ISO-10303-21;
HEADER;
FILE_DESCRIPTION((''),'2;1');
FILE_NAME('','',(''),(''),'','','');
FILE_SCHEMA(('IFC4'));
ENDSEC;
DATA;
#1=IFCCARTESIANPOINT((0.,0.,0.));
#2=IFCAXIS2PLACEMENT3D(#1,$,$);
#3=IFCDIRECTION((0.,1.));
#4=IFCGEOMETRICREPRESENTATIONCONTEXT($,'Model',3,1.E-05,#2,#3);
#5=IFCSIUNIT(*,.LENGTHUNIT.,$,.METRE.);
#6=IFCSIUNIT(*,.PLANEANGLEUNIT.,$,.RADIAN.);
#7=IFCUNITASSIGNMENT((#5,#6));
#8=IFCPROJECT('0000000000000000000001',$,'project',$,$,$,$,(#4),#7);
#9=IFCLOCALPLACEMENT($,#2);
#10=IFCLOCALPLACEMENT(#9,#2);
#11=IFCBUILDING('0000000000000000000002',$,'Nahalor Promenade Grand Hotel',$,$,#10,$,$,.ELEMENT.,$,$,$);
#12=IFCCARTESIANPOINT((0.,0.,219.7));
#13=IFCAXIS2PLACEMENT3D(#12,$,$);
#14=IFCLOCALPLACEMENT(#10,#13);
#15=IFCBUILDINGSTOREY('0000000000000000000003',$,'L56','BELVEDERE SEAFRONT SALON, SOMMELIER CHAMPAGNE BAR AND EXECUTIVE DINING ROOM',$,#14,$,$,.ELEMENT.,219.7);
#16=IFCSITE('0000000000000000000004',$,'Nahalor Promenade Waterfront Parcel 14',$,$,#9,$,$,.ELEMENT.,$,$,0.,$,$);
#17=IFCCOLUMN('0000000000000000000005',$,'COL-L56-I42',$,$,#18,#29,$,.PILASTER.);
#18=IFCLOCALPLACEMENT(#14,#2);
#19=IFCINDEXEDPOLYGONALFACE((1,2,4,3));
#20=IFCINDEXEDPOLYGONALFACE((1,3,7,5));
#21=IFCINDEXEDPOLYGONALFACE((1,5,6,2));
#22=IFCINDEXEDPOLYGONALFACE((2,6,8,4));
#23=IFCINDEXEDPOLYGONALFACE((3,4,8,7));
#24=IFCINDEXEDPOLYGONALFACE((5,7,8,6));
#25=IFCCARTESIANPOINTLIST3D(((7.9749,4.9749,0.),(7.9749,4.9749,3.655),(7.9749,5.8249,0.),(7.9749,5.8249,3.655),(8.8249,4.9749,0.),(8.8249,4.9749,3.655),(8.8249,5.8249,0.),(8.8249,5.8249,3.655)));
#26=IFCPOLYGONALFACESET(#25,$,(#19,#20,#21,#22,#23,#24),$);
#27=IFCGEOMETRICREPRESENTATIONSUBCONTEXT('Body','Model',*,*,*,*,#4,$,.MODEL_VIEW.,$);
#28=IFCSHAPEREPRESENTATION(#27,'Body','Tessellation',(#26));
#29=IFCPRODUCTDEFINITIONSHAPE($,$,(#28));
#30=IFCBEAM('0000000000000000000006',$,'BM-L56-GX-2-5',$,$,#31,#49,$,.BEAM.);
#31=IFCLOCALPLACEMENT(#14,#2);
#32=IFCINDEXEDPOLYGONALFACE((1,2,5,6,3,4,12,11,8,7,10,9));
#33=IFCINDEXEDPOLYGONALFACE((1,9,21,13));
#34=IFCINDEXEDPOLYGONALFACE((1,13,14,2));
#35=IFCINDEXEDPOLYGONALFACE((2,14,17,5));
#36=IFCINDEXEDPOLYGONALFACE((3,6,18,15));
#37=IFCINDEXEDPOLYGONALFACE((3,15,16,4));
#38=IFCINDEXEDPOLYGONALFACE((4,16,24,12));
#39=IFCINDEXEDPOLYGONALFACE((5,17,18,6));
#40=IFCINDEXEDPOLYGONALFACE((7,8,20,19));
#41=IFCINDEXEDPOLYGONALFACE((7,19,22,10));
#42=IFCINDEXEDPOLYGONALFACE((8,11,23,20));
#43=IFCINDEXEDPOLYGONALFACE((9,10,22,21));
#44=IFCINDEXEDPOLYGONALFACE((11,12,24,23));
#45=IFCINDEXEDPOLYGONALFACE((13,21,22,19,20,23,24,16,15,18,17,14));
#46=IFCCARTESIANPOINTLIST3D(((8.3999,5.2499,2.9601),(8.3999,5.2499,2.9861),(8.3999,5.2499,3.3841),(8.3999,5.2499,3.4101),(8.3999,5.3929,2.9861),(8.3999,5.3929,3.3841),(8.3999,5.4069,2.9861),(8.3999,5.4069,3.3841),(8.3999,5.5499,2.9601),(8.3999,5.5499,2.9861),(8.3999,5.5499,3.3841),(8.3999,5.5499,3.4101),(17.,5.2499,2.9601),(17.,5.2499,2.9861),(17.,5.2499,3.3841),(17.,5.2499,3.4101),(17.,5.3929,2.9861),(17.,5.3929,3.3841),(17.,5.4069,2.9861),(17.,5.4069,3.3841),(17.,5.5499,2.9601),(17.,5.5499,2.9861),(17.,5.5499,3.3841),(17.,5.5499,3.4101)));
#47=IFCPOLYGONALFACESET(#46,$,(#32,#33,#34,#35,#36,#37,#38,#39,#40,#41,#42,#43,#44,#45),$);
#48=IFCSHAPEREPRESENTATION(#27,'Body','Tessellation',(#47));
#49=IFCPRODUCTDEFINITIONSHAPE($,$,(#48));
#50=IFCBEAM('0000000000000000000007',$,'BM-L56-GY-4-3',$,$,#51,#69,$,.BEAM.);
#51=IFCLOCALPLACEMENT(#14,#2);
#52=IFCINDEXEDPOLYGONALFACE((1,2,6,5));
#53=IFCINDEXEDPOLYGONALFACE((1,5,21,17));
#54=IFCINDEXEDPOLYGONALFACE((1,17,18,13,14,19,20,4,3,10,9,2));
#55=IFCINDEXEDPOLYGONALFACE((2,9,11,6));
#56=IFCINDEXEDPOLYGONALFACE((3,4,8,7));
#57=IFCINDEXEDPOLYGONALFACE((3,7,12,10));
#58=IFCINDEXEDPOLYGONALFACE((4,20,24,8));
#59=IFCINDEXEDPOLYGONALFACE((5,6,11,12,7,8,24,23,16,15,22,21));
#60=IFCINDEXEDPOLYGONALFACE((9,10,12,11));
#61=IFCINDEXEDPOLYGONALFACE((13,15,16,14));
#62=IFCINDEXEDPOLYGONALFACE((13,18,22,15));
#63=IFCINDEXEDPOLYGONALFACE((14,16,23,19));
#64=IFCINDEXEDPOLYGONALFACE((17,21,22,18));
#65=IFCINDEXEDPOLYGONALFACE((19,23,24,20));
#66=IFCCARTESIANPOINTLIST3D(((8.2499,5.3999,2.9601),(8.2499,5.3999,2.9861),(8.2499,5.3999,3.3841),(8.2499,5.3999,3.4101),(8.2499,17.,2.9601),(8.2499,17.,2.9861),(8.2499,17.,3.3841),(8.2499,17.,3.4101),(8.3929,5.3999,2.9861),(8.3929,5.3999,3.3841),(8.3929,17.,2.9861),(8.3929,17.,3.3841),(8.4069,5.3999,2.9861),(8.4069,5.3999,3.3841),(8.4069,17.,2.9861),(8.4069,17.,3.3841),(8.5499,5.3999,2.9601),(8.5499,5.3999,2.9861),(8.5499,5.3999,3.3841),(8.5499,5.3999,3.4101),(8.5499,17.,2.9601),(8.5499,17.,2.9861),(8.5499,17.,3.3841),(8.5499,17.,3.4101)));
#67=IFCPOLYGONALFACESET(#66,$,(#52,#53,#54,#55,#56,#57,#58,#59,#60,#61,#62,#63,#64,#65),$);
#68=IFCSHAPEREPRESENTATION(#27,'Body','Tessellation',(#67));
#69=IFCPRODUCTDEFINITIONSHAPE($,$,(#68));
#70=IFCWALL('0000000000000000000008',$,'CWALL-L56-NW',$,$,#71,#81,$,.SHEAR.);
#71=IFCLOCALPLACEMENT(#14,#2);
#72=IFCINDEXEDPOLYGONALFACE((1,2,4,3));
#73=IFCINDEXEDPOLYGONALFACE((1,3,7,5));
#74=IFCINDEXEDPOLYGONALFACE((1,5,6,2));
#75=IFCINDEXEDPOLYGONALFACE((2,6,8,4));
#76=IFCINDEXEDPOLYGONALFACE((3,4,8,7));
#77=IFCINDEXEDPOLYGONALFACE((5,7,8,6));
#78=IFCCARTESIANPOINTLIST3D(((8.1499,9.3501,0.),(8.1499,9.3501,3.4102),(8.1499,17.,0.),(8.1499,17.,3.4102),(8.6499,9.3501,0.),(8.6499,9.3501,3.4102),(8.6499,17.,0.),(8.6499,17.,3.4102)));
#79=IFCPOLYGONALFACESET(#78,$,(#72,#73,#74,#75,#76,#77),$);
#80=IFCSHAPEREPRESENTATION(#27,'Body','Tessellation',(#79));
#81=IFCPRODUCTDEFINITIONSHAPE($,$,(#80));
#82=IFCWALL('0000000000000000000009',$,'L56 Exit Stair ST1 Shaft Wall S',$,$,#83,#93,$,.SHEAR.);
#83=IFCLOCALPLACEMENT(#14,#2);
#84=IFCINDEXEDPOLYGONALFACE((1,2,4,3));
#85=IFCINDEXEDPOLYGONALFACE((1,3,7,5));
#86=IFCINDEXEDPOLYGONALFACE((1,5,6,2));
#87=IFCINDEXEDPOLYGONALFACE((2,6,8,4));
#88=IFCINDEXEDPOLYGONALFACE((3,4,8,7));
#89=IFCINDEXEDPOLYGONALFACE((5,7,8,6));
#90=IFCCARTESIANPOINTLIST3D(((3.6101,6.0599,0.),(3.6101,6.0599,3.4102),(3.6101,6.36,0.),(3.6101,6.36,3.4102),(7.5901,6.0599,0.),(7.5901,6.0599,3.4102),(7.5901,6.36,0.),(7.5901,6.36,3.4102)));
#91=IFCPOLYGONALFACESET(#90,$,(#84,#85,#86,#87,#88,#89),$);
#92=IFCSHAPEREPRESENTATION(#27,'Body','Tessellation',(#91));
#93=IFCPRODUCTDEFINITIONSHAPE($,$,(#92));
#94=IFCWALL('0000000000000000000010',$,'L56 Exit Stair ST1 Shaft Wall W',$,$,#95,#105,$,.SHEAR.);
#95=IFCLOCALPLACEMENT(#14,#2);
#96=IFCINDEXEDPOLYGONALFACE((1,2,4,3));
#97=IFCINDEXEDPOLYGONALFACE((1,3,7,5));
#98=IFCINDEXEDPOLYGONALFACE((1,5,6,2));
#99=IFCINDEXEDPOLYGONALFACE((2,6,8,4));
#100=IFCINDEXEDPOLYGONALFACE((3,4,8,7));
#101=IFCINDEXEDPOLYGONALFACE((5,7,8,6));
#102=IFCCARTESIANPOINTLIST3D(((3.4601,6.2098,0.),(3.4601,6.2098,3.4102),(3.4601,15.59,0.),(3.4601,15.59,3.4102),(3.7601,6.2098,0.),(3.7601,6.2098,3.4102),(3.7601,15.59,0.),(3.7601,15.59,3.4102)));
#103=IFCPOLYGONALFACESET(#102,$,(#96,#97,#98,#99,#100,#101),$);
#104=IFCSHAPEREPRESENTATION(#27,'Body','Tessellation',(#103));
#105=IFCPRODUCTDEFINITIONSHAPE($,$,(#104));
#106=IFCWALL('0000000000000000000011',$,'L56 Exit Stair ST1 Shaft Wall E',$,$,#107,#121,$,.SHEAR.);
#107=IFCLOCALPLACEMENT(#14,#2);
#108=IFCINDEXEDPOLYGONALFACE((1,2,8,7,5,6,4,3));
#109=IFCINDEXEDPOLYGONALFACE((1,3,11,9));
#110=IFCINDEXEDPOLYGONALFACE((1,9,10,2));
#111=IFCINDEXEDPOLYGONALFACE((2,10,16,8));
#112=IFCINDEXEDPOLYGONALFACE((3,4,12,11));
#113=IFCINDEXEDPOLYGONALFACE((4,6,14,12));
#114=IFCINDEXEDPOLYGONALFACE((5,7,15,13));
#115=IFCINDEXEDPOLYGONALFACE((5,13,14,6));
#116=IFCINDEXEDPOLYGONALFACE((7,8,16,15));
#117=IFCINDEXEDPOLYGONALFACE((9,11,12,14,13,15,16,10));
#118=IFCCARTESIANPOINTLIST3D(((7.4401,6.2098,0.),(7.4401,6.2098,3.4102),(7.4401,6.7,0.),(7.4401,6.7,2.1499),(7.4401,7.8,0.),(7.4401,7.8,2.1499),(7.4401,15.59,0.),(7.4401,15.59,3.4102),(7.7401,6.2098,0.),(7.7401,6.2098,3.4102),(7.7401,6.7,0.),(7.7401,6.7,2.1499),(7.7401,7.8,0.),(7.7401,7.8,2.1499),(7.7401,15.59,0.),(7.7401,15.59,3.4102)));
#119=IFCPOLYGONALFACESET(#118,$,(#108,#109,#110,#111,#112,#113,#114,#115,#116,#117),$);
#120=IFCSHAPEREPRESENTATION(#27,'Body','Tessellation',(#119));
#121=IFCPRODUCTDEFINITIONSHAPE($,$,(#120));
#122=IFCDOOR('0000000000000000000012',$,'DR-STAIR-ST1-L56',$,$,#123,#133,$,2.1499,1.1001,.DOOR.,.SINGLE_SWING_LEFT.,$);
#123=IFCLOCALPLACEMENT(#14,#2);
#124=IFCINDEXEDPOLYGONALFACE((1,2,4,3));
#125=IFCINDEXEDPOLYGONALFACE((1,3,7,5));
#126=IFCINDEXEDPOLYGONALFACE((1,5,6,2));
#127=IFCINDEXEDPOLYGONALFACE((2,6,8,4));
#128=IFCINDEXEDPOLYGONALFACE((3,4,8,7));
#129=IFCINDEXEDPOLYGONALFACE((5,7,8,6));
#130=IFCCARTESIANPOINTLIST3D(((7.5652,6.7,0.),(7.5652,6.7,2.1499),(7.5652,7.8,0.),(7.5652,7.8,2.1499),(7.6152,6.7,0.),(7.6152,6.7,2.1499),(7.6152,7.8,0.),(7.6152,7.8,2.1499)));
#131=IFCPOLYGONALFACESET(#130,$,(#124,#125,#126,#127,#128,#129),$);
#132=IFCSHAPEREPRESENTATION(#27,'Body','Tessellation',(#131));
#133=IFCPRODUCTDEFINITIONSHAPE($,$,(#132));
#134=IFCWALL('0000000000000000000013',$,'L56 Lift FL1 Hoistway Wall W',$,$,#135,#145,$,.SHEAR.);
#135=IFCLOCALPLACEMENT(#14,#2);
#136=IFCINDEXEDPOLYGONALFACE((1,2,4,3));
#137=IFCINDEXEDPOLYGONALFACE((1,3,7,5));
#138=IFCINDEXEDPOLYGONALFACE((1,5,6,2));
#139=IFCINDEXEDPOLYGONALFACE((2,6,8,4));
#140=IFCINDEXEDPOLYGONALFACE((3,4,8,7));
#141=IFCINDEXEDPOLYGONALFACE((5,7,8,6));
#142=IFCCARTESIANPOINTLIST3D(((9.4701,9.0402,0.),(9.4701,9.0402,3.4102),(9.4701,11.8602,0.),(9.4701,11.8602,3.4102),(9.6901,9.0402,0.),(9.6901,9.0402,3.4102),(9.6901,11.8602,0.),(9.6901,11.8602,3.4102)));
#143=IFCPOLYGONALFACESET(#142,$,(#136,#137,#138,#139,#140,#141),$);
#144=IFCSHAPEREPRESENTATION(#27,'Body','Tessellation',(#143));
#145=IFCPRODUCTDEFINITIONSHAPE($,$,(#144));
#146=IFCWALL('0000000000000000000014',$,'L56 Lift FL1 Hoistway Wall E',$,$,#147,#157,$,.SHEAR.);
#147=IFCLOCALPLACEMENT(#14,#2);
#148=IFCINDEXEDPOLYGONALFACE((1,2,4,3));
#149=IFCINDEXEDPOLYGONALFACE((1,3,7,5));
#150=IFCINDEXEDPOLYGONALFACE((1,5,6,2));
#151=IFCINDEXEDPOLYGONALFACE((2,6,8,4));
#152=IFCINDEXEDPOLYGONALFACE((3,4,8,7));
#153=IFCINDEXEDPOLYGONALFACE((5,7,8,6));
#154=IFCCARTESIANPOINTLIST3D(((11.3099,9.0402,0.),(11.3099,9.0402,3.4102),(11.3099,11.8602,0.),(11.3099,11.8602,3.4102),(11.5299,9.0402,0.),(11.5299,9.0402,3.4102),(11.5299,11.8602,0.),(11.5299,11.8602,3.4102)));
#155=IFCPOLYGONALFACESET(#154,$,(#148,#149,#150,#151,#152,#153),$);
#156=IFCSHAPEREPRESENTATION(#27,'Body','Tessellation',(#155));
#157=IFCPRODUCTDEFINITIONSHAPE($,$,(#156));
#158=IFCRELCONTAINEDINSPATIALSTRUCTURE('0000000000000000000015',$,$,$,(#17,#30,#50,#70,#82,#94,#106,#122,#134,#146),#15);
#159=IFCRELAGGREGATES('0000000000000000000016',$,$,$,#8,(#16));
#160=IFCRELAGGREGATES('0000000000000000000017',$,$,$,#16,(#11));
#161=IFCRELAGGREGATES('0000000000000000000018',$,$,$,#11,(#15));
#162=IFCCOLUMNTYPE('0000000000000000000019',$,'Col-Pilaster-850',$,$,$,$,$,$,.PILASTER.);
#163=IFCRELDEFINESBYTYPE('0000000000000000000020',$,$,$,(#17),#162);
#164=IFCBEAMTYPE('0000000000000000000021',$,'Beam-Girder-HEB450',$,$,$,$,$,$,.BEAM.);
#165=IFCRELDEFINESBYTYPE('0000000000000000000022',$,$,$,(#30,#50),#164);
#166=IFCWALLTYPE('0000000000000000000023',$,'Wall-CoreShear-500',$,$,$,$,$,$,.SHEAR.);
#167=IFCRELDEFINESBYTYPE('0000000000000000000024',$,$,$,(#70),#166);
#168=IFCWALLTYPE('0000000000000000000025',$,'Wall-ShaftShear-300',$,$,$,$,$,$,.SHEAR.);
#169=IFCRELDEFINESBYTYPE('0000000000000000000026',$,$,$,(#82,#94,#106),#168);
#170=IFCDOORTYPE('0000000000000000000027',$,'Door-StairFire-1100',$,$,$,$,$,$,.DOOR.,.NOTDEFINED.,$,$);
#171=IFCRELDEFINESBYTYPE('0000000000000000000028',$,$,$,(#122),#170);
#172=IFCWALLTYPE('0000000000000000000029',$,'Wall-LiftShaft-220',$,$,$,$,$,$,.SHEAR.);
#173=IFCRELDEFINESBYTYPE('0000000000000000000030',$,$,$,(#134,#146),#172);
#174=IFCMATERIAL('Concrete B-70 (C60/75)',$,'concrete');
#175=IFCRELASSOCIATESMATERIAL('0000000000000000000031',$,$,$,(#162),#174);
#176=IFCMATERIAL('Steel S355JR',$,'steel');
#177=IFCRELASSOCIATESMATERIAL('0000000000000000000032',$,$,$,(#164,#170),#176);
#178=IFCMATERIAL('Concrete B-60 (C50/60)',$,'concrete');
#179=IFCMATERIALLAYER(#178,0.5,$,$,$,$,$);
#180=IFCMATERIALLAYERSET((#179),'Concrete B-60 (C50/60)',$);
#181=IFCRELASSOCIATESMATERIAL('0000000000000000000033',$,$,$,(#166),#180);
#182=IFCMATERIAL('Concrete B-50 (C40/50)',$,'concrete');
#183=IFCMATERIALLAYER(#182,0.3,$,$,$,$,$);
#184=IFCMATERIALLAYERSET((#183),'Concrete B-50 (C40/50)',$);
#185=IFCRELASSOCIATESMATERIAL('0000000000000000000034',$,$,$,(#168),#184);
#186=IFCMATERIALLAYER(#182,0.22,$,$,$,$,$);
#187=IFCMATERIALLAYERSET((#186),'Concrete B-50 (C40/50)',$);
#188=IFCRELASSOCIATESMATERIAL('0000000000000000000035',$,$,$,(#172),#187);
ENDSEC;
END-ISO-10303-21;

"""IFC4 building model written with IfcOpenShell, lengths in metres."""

from ifc_helpers import new_model, si_unit, direction, frame, frame_2d, origin, origin_2d, place, context, subcontext, project, spatial, rectangle, i_section, extrude, source, transform, mapped, material, layer, layer_set, material_profile, profile_set, type_object, element, fill, save


model = new_model("IFC4")

# Units and contexts
model_context = context("Model", 3, precision=1e-05, world=origin(), true_north=direction((0.0, 1.0)))
body_context = subcontext(model_context, "Body", "Model", "MODEL_VIEW")
ifc_project = project(units=[si_unit("LENGTHUNIT", "METRE"), si_unit("PLANEANGLEUNIT", "RADIAN")], contexts=[model_context])

# Site, building, storey
site_placement = place(None, origin())
site = spatial("IfcSite", under=ifc_project, at=site_placement, Name="Nahalor Promenade Waterfront Parcel 14", CompositionType="ELEMENT", RefElevation=0.0)
building_placement = place(site_placement, origin())
building = spatial("IfcBuilding", under=site, at=building_placement, Name="Nahalor Promenade Grand Hotel", CompositionType="ELEMENT")
storey_placement = place(building_placement, frame((0.0, 0.0, 219.7)))
storey = spatial("IfcBuildingStorey", under=building, at=storey_placement, Name="L56", Description="BELVEDERE SEAFRONT SALON, SOMMELIER CHAMPAGNE BAR AND EXECUTIVE DINING ROOM", CompositionType="ELEMENT", Elevation=219.7)

# Column
ifc_material_1 = material(Name="Concrete B-70 (C60/75)", Category="concrete")
ifc_material_profile_1 = material_profile(ifc_material_1, rectangle(XDim=0.85, YDim=0.85, at=origin_2d()), Name="RC 850x850")
ifc_profile_set_1 = profile_set([ifc_material_profile_1], Name="Concrete B-70 (C60/75)")
column_type = type_object("IfcColumnType", Name="Col-Pilaster-850", PredefinedType="PILASTER", material=ifc_profile_set_1)
shared_shape_1 = source(origin(), body_context, "Body", "SweptSolid", [
    extrude(rectangle(XDim=0.85, YDim=0.85, at=origin_2d()), origin(), (0.0, 0.0, 1.0), 3.655),
])
column_placement = place(storey_placement, frame((8.3999, 5.3999, 0.0), z_axis=(0.0, 0.0, 1.0), x_axis=(1.0, 0.0, 0.0)))
element("IfcColumn", 1, at=column_placement, inside=storey, type_object=column_type, Name="COL-L56-I42", PredefinedType="PILASTER", context=body_context, shape_type="MappedRepresentation", body=[
    mapped(shared_shape_1, transform((0.0, 0.0, 0.0), scale=1.0)),
])

# Beams
ifc_material_2 = material(Name="Steel S355JR", Category="steel")
ifc_material_profile_2 = material_profile(ifc_material_2, i_section(OverallWidth=0.3, OverallDepth=0.45, WebThickness=0.014, FlangeThickness=0.026, at=origin_2d()), Name="HEB 450")
ifc_profile_set_2 = profile_set([ifc_material_profile_2], Name="Steel S355JR")
beam_type = type_object("IfcBeamType", Name="Beam-Girder-HEB450", PredefinedType="BEAM", material=ifc_profile_set_2)
shared_shape_2 = source(origin(), body_context, "Body", "SweptSolid", [
    extrude(i_section(OverallWidth=0.3, OverallDepth=0.45, WebThickness=0.014, FlangeThickness=0.026, at=origin_2d()), origin(), (0.0, 0.0, 1.0), 8.6001),
])
beam_1_placement = place(storey_placement, frame((8.3999, 5.3999, 3.1851), z_axis=(1.0, 0.0, 0.0), x_axis=(0.0, 1.0, 0.0)))
element("IfcBeam", 2, at=beam_1_placement, inside=storey, type_object=beam_type, Name="BM-L56-GX-2-5", PredefinedType="BEAM", context=body_context, shape_type="MappedRepresentation", body=[
    mapped(shared_shape_2, transform((0.0, 0.0, 0.0), scale=1.0)),
])
shared_shape_3 = source(origin(), body_context, "Body", "SweptSolid", [
    extrude(i_section(OverallWidth=0.3, OverallDepth=0.45, WebThickness=0.014, FlangeThickness=0.026, at=origin_2d()), origin(), (0.0, 0.0, 1.0), 11.6001),
])
beam_2_placement = place(storey_placement, frame((8.3999, 5.3999, 3.1851), z_axis=(0.0, 1.0, 0.0), x_axis=(-1.0, 0.0, 0.0)))
element("IfcBeam", 3, at=beam_2_placement, inside=storey, type_object=beam_type, Name="BM-L56-GY-4-3", PredefinedType="BEAM", context=body_context, shape_type="MappedRepresentation", body=[
    mapped(shared_shape_3, transform((0.0, 0.0, 0.0), scale=1.0)),
])

# Walls
ifc_material_3 = material(Name="Concrete B-60 (C50/60)", Category="concrete")
ifc_layer_1 = layer(ifc_material_3, 0.5)
ifc_layer_set_1 = layer_set([ifc_layer_1], Name="Concrete B-60 (C50/60)")
wall_type_1 = type_object("IfcWallType", Name="Wall-CoreShear-500", PredefinedType="SHEAR", material=ifc_layer_set_1)
shared_shape_4 = source(origin(), body_context, "Body", "SweptSolid", [
    extrude(rectangle(XDim=7.6499, YDim=0.5, at=frame_2d((3.825, 0.0))), origin(), (0.0, 0.0, 1.0), 3.4102),
])
wall_1_placement = place(storey_placement, frame((8.3999, 9.3501, 0.0), z_axis=(0.0, 0.0, 1.0), x_axis=(0.0, 1.0, 0.0)))
element("IfcWall", 4, at=wall_1_placement, inside=storey, type_object=wall_type_1, Name="CWALL-L56-NW", PredefinedType="SHEAR", context=body_context, shape_type="MappedRepresentation", body=[
    mapped(shared_shape_4, transform((0.0, 0.0, 0.0), scale=1.0)),
])
ifc_material_4 = material(Name="Concrete B-50 (C40/50)", Category="concrete")
ifc_layer_2 = layer(ifc_material_4, 0.3)
ifc_layer_set_2 = layer_set([ifc_layer_2], Name="Concrete B-50 (C40/50)")
wall_type_2 = type_object("IfcWallType", Name="Wall-ShaftShear-300", PredefinedType="SHEAR", material=ifc_layer_set_2)
shared_shape_5 = source(origin(), body_context, "Body", "SweptSolid", [
    extrude(rectangle(XDim=3.98, YDim=0.3, at=frame_2d((1.99, 0.0))), origin(), (0.0, 0.0, 1.0), 3.4102),
])
wall_2_placement = place(storey_placement, frame((3.6101, 6.21, 0.0), z_axis=(0.0, 0.0, 1.0), x_axis=(1.0, 0.0, 0.0)))
element("IfcWall", 5, at=wall_2_placement, inside=storey, type_object=wall_type_2, Name="L56 Exit Stair ST1 Shaft Wall S", PredefinedType="SHEAR", context=body_context, shape_type="MappedRepresentation", body=[
    mapped(shared_shape_5, transform((0.0, 0.0, 0.0), scale=1.0)),
])
shared_shape_6 = source(origin(), body_context, "Body", "SweptSolid", [
    extrude(rectangle(XDim=9.3801, YDim=0.3, at=frame_2d((4.6899, 0.0))), origin(), (0.0, 0.0, 1.0), 3.4102),
])
wall_3_placement = place(storey_placement, frame((3.6101, 6.21, 0.0), z_axis=(0.0, 0.0, 1.0), x_axis=(0.0, 1.0, 0.0)))
element("IfcWall", 6, at=wall_3_placement, inside=storey, type_object=wall_type_2, Name="L56 Exit Stair ST1 Shaft Wall W", PredefinedType="SHEAR", context=body_context, shape_type="MappedRepresentation", body=[
    mapped(shared_shape_6, transform((0.0, 0.0, 0.0), scale=1.0)),
])

# Wall, opening, door
wall_4_placement = place(storey_placement, frame((7.5901, 6.21, 0.0), z_axis=(0.0, 0.0, 1.0), x_axis=(0.0, 1.0, 0.0)))
wall_4 = element("IfcWall", 7, at=wall_4_placement, inside=storey, type_object=wall_type_2, Name="L56 Exit Stair ST1 Shaft Wall E", PredefinedType="SHEAR", context=body_context, shape_type="MappedRepresentation", body=[
    mapped(shared_shape_6, transform((0.0, 0.0, 0.0), scale=1.0)),
])
opening_1_placement = place(wall_4_placement, frame((0.49, 0.0, 0.0)))
opening_1 = element("IfcOpeningElement", 8, at=opening_1_placement, cuts=wall_4, PredefinedType="OPENING", context=body_context, shape_type="SweptSolid", body=[
    extrude(rectangle(XDim=1.1001, YDim=2.1499, at=frame_2d((0.55, 1.075))), frame((0.0, 0.1599, 0.0), z_axis=(0.0, -1.0, 0.0), x_axis=(1.0, 0.0, 0.0)), (0.0, 0.0, 1.0), 0.3201),
])
door_type_1 = type_object("IfcDoorType", Name="Door-StairFire-1100", OperationType="NOTDEFINED", PredefinedType="DOOR", material=ifc_material_2)
shared_shape_7 = source(origin(), body_context, "Body", "SweptSolid", [
    extrude(rectangle(XDim=1.1001, YDim=2.1499, at=frame_2d((0.55, 1.075))), frame((0.0, 0.0249, 0.0), z_axis=(0.0, -1.0, 0.0), x_axis=(1.0, 0.0, 0.0)), (0.0, 0.0, 1.0), 0.05),
])
door_1_placement = place(opening_1_placement, origin())
door_1 = element("IfcDoor", 9, at=door_1_placement, inside=storey, type_object=door_type_1, Name="DR-STAIR-ST1-L56", OperationType="SINGLE_SWING_LEFT", OverallHeight=2.1499, OverallWidth=1.1001, PredefinedType="DOOR", context=body_context, shape_type="MappedRepresentation", body=[
    mapped(shared_shape_7, transform((0.0, 0.0, 0.0), scale=1.0)),
])
fill(opening_1, door_1)

# Walls
ifc_layer_3 = layer(ifc_material_4, 0.22)
ifc_layer_set_3 = layer_set([ifc_layer_3], Name="Concrete B-50 (C40/50)")
wall_type_3 = type_object("IfcWallType", Name="Wall-LiftShaft-220", PredefinedType="SHEAR", material=ifc_layer_set_3)
shared_shape_8 = source(origin(), body_context, "Body", "SweptSolid", [
    extrude(rectangle(XDim=2.8201, YDim=0.22, at=frame_2d((1.4102, 0.0))), origin(), (0.0, 0.0, 1.0), 3.4102),
])
for number, where, z_axis, x_axis, name in (
    (10, (9.5801, 9.04, 0.0), (0.0, 0.0, 1.0), (0.0, 1.0, 0.0), "L56 Lift FL1 Hoistway Wall W"),
    (11, (11.4199, 9.04, 0.0), (0.0, 0.0, 1.0), (0.0, 1.0, 0.0), "L56 Lift FL1 Hoistway Wall E"),
):
    element("IfcWall", number, at=place(storey_placement, frame(where, z_axis=z_axis, x_axis=x_axis)), inside=storey, type_object=wall_type_3, Name=name, PredefinedType="SHEAR", context=body_context, shape_type="MappedRepresentation", body=[
        mapped(shared_shape_8, transform((0.0, 0.0, 0.0), scale=1.0)),
    ])

save(model, "model.ifc")
